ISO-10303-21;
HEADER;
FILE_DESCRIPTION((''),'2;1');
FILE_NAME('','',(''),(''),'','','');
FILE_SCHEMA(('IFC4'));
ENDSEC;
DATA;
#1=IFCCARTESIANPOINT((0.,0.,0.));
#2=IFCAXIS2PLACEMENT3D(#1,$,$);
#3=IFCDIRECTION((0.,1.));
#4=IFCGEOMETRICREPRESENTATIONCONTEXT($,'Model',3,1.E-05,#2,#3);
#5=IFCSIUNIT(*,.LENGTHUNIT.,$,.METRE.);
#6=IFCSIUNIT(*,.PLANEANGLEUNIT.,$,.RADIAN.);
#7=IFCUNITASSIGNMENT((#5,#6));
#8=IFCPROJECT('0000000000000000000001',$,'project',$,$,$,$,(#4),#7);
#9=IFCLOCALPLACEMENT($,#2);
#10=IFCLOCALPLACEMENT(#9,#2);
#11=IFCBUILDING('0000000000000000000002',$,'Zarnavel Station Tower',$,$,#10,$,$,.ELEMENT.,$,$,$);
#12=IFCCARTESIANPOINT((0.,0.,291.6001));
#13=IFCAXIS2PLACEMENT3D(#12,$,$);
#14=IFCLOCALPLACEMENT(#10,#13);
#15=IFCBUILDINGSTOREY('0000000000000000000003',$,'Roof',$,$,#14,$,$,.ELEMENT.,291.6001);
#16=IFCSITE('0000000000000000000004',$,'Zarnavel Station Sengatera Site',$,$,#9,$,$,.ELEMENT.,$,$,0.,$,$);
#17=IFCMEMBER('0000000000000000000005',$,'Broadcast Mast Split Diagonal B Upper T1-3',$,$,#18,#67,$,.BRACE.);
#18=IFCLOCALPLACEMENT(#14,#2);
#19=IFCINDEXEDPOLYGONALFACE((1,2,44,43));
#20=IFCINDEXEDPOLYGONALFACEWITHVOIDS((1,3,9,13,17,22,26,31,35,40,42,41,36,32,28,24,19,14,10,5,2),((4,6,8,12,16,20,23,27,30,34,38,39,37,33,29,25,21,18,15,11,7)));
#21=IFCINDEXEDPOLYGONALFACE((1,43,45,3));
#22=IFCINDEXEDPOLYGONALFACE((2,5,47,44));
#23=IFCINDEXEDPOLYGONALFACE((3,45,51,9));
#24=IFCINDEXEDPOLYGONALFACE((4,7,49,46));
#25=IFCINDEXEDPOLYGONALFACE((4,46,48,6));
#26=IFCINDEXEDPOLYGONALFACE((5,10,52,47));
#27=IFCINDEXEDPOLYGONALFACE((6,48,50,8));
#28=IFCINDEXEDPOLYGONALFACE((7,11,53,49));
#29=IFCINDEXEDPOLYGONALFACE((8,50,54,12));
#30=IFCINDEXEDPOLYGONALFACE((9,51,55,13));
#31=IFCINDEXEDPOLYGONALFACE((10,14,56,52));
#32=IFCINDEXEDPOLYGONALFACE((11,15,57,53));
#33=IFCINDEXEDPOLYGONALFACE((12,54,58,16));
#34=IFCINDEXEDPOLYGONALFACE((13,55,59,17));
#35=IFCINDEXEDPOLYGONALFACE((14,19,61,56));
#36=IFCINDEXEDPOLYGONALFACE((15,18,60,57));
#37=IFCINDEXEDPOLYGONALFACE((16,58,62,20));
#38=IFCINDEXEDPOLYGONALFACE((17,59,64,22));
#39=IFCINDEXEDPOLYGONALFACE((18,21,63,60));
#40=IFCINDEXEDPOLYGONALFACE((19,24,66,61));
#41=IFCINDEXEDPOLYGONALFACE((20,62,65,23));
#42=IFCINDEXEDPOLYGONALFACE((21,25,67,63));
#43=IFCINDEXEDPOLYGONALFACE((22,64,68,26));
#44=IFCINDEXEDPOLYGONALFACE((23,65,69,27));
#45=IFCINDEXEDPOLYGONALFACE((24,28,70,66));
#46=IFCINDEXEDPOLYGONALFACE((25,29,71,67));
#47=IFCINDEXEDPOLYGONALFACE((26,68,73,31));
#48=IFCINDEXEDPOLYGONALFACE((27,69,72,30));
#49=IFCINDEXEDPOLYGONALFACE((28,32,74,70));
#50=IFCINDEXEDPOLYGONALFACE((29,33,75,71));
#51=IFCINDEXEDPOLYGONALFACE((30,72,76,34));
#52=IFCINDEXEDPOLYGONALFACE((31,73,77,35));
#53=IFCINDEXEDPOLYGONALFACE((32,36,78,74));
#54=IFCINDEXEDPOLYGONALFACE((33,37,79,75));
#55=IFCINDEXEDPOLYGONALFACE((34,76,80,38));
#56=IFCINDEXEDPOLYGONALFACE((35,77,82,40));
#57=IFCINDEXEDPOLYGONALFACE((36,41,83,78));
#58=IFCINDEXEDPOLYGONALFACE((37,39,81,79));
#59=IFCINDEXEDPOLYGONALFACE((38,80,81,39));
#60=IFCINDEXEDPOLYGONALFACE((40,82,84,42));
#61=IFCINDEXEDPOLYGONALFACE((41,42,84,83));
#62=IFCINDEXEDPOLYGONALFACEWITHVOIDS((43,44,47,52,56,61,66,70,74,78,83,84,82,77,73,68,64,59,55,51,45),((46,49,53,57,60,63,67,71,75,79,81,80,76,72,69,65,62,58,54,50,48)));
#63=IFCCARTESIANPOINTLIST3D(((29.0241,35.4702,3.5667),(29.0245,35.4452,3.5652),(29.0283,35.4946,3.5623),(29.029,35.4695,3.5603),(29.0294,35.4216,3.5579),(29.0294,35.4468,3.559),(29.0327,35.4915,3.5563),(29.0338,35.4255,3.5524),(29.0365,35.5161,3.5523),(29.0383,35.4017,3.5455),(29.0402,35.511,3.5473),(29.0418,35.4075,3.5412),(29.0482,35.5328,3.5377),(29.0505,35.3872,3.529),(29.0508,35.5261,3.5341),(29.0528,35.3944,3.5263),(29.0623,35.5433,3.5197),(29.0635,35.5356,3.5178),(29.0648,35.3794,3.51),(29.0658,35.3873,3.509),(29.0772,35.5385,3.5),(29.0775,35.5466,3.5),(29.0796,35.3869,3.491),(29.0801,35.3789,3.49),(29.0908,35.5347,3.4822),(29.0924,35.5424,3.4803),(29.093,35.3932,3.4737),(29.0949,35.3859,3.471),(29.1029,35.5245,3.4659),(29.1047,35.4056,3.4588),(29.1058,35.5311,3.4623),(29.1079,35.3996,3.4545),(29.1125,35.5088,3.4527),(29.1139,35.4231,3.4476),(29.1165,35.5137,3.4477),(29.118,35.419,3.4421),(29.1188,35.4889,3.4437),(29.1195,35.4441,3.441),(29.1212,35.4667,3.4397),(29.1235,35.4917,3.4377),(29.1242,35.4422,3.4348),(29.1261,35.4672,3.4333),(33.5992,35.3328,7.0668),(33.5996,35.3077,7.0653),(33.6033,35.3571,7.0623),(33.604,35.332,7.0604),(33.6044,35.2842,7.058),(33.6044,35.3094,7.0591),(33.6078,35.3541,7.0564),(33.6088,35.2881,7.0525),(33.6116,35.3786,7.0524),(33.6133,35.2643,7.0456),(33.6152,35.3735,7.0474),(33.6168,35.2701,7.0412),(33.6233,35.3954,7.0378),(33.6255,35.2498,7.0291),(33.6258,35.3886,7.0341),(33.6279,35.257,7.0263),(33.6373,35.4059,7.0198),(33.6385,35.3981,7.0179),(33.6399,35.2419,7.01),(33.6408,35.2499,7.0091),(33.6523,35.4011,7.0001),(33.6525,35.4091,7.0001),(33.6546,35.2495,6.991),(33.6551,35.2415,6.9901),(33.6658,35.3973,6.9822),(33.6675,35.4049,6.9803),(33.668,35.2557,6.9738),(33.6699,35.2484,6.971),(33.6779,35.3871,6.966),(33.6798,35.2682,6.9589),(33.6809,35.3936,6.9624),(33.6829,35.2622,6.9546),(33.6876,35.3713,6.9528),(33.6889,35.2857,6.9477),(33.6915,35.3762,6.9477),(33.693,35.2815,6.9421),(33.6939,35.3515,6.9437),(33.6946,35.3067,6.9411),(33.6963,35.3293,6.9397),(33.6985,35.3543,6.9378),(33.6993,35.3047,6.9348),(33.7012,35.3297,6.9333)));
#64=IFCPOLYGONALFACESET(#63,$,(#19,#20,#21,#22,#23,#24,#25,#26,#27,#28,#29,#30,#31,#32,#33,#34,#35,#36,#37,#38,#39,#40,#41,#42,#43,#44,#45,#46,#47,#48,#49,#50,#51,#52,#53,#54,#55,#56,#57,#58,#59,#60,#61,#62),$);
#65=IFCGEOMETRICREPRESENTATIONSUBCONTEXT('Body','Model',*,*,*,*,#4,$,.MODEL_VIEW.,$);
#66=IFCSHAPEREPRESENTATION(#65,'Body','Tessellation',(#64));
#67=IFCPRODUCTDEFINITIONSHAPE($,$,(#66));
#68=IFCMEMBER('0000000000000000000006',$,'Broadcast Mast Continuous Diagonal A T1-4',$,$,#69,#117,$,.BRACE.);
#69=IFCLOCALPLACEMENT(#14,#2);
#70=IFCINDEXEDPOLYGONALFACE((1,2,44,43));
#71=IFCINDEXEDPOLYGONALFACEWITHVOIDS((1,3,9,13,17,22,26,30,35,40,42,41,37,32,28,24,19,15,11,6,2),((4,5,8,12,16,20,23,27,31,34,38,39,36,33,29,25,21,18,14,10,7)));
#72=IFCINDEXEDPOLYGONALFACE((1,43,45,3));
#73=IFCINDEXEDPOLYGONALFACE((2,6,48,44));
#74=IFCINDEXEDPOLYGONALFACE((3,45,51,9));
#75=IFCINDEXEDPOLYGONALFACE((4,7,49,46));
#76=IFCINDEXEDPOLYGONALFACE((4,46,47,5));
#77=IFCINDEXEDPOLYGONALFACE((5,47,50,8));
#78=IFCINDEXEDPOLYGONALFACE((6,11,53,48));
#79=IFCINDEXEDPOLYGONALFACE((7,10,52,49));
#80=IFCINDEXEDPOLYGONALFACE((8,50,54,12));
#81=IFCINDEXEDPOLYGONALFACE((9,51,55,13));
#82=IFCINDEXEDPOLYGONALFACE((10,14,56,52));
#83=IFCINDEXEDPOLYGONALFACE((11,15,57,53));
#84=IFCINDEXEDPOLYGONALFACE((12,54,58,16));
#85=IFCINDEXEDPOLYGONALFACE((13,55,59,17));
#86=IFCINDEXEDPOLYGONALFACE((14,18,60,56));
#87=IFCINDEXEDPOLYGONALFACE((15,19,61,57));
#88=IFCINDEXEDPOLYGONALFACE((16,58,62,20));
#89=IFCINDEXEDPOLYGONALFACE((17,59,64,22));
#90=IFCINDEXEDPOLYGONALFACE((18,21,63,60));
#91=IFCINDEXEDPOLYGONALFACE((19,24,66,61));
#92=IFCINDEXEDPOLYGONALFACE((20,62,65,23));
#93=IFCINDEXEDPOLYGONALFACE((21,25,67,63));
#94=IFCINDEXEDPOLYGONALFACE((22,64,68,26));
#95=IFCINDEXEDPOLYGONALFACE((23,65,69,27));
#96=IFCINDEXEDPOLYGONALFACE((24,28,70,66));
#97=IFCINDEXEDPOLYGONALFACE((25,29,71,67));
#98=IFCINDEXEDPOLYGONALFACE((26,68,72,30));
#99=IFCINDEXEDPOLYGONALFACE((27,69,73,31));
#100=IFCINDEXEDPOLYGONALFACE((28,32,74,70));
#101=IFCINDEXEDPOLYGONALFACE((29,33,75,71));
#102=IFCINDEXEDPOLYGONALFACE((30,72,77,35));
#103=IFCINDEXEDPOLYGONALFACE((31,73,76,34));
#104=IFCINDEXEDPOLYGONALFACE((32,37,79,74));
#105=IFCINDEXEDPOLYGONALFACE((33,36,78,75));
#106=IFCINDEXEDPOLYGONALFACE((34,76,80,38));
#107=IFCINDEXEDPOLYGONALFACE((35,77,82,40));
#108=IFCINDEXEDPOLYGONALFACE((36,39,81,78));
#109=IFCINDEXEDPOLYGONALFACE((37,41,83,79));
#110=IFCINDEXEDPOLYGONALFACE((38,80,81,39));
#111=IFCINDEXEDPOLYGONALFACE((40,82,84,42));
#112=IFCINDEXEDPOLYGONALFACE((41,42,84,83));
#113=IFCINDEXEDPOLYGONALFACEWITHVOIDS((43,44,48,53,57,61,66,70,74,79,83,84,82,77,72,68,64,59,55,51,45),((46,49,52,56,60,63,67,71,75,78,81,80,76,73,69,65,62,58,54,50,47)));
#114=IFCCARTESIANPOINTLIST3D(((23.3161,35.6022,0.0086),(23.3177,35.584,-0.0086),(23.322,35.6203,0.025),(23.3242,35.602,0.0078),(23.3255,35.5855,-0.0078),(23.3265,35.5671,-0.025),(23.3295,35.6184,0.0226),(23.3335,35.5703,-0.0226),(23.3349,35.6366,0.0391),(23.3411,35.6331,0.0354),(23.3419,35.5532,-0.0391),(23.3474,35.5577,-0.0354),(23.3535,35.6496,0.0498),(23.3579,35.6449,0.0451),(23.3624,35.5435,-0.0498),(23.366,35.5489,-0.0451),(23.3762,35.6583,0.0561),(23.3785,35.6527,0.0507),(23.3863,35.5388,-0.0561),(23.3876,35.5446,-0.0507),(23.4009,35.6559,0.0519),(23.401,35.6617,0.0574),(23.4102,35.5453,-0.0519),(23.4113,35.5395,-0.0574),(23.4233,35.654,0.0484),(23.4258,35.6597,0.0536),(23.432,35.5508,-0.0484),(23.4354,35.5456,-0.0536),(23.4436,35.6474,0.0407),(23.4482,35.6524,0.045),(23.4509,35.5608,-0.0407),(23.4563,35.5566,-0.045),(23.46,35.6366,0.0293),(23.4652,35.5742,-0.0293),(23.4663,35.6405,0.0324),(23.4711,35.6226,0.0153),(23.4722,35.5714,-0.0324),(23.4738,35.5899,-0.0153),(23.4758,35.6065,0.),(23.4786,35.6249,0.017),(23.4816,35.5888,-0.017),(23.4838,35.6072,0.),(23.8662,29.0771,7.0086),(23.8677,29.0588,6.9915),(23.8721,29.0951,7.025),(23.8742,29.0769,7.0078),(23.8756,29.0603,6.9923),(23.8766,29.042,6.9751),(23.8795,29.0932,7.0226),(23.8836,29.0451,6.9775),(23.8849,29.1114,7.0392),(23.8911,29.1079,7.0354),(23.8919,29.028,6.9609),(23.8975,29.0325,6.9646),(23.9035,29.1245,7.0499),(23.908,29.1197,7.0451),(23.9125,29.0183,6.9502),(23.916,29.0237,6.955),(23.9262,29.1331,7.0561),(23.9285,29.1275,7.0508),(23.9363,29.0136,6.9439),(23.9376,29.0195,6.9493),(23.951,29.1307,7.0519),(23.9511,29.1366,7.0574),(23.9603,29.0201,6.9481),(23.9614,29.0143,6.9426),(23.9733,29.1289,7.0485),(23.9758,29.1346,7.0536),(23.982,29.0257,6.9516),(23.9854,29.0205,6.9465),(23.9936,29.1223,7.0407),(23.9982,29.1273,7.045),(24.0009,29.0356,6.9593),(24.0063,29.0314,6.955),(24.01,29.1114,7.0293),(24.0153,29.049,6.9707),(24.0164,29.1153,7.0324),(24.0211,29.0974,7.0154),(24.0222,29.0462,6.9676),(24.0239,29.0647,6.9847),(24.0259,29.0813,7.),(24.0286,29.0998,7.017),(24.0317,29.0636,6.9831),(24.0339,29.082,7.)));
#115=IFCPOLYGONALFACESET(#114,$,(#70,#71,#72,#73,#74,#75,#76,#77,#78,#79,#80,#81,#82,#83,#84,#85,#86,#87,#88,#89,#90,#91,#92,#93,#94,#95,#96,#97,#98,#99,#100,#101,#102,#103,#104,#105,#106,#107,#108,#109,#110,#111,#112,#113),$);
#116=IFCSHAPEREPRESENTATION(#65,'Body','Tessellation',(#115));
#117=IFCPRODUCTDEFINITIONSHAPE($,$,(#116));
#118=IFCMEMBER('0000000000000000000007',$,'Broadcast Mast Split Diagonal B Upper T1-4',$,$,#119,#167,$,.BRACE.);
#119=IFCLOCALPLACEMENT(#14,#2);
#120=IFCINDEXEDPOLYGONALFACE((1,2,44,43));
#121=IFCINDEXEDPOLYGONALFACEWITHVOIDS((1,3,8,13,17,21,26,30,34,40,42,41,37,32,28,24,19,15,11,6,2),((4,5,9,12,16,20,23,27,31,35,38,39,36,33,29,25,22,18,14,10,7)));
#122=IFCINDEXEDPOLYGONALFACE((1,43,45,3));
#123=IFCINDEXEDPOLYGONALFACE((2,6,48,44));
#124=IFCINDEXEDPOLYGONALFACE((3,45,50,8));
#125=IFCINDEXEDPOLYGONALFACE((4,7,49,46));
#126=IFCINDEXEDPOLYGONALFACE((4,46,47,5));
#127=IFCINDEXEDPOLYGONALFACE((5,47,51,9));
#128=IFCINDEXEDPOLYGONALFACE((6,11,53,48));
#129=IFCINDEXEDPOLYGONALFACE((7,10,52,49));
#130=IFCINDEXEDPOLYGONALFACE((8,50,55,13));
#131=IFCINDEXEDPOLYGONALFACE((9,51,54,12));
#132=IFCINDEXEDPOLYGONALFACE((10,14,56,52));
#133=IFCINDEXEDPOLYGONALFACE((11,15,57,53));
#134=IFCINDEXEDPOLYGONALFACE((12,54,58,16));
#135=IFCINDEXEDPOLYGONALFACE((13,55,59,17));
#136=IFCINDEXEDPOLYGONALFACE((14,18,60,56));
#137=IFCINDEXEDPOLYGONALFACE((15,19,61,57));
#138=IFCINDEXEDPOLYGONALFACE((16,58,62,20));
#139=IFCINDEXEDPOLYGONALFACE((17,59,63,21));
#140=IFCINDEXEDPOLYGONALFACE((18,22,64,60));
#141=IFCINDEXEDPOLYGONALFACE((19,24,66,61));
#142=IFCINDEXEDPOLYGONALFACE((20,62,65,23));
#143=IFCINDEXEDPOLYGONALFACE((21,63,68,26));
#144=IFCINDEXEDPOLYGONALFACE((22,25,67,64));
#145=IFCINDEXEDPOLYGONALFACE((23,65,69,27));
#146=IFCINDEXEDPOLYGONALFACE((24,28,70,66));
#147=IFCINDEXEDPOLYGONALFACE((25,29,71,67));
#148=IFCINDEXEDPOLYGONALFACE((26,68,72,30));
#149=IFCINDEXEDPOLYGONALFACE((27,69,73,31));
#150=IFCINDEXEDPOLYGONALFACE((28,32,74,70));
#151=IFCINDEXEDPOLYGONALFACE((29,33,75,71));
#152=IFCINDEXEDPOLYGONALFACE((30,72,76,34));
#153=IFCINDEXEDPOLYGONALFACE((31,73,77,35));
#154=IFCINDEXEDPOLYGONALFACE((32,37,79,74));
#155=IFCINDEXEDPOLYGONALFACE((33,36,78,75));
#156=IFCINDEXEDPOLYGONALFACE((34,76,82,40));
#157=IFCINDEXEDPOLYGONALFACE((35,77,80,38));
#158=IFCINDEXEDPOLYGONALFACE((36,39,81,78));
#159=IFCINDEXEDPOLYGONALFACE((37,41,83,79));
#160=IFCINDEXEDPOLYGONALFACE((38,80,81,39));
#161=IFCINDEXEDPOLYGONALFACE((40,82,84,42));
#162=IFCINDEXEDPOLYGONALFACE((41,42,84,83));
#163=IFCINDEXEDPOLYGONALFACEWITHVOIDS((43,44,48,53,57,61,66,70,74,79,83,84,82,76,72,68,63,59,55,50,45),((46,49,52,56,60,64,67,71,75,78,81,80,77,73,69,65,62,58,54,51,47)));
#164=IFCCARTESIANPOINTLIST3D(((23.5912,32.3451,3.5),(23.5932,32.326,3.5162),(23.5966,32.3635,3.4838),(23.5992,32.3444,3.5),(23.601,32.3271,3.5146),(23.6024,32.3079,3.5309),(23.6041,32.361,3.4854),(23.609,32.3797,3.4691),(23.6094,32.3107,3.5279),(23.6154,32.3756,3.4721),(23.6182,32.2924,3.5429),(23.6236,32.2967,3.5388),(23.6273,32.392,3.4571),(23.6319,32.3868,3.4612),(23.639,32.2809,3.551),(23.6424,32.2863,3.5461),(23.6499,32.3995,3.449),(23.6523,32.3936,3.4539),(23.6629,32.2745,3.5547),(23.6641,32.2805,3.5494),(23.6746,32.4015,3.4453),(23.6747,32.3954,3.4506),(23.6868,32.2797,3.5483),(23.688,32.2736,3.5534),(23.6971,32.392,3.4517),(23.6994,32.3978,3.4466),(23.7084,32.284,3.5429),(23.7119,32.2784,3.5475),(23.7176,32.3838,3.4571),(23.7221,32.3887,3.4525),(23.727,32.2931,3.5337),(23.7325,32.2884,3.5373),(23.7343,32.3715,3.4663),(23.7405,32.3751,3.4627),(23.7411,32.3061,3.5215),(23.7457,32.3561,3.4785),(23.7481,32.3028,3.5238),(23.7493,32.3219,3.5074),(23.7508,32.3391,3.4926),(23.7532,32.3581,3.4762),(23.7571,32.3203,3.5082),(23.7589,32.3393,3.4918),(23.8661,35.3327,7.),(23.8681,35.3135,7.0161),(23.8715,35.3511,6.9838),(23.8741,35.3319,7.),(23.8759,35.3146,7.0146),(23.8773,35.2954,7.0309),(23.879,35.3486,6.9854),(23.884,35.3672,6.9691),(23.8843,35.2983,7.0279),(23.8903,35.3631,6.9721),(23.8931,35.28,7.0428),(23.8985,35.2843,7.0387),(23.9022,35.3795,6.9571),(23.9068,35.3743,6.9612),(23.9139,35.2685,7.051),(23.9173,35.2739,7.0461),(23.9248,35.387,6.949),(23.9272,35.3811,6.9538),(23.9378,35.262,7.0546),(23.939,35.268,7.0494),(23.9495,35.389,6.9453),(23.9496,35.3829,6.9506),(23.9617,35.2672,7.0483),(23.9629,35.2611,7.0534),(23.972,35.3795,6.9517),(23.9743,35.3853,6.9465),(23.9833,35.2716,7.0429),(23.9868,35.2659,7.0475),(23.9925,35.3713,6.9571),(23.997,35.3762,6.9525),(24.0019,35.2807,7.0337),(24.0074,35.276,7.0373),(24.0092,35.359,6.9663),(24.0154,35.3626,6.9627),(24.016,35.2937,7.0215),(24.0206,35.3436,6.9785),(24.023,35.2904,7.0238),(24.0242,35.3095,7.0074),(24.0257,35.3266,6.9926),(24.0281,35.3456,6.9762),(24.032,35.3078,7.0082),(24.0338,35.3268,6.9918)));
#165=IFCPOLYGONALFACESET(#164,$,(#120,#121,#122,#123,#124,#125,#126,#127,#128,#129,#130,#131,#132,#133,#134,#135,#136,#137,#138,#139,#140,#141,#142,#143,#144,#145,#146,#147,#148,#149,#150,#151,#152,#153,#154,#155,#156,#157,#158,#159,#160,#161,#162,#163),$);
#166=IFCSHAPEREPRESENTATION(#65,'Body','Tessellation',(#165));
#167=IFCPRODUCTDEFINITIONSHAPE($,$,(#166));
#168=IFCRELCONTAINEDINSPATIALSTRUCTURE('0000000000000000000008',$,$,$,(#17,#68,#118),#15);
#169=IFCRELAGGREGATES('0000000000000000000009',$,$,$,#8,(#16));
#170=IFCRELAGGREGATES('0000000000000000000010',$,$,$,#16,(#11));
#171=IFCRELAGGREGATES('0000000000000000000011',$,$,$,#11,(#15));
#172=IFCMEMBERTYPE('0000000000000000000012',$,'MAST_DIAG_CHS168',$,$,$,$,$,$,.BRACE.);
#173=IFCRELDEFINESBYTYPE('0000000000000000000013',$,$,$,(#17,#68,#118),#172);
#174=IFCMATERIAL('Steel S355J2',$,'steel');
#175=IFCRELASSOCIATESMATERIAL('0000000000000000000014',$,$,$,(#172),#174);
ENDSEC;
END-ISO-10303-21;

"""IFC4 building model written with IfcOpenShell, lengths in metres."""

from ifc_helpers import new_model, si_unit, direction, frame, origin, origin_2d, place, context, subcontext, project, spatial, hollow_circle, extrude, material, material_profile, profile_set, type_object, element, save


model = new_model("IFC4")

# Units and contexts
model_context = context("Model", 3, precision=1e-05, world=origin(), true_north=direction((0.0, 1.0)))
body_context = subcontext(model_context, "Body", "Model", "MODEL_VIEW")
ifc_project = project(units=[si_unit("LENGTHUNIT", "METRE"), si_unit("PLANEANGLEUNIT", "RADIAN")], contexts=[model_context])

# Site, building, storey
site_placement = place(None, origin())
site = spatial("IfcSite", under=ifc_project, at=site_placement, Name="Zarnavel Station Sengatera Site", CompositionType="ELEMENT", RefElevation=0.0)
building_placement = place(site_placement, origin())
building = spatial("IfcBuilding", under=site, at=building_placement, Name="Zarnavel Station Tower", CompositionType="ELEMENT")
storey_placement = place(building_placement, frame((0.0, 0.0, 291.6001)))
storey = spatial("IfcBuildingStorey", under=building, at=storey_placement, Name="Roof", CompositionType="ELEMENT", Elevation=291.6001)

# Members
ifc_material_1 = material(Name="Steel S355J2", Category="steel")
ifc_material_profile_1 = material_profile(ifc_material_1, hollow_circle(Radius=0.0842, WallThickness=0.0081, at=origin_2d()), Name="CHS168.3x8")
ifc_profile_set_1 = profile_set([ifc_material_profile_1], Name="Steel S355J2")
member_type_1 = type_object("IfcMemberType", Name="MAST_DIAG_CHS168", PredefinedType="BRACE", material=ifc_profile_set_1)
member_1_placement = place(storey_placement, frame((29.075, 35.4624, 3.5), z_axis=(0.794005, -0.023855, 0.607442), x_axis=(0.030031, 0.999549, 0.0)))
element("IfcMember", 1, at=member_1_placement, inside=storey, type_object=member_type_1, Name="Broadcast Mast Split Diagonal B Upper T1-3", PredefinedType="BRACE", context=body_context, shape_type="SweptSolid", body=[
    extrude(hollow_circle(Radius=0.0842, WallThickness=0.0081, at=origin_2d()), origin(), (0.0, 0.0, 1.0), 5.762),
])
member_2_placement = place(storey_placement, frame((23.3999, 35.6001, 0.0), z_axis=(0.057384, -0.680737, 0.730277), x_axis=(0.996466, 0.083999, 0.0)))
element("IfcMember", 2, at=member_2_placement, inside=storey, type_object=member_type_1, Name="Broadcast Mast Continuous Diagonal A T1-4", PredefinedType="BRACE", context=body_context, shape_type="SweptSolid", body=[
    extrude(hollow_circle(Radius=0.0842, WallThickness=0.0081, at=origin_2d()), origin(), (0.0, 0.0, 1.0), 9.5854),
])
member_3_placement = place(storey_placement, frame((23.675, 32.3374, 3.5), z_axis=(0.059633, 0.648075, 0.759238), x_axis=(-0.995793, 0.091629, 0.0)))
element("IfcMember", 3, at=member_3_placement, inside=storey, type_object=member_type_1, Name="Broadcast Mast Split Diagonal B Upper T1-4", PredefinedType="BRACE", context=body_context, shape_type="SweptSolid", body=[
    extrude(hollow_circle(Radius=0.0842, WallThickness=0.0081, at=origin_2d()), origin(), (0.0, 0.0, 1.0), 4.6099),
])

save(model, "model.ifc")
